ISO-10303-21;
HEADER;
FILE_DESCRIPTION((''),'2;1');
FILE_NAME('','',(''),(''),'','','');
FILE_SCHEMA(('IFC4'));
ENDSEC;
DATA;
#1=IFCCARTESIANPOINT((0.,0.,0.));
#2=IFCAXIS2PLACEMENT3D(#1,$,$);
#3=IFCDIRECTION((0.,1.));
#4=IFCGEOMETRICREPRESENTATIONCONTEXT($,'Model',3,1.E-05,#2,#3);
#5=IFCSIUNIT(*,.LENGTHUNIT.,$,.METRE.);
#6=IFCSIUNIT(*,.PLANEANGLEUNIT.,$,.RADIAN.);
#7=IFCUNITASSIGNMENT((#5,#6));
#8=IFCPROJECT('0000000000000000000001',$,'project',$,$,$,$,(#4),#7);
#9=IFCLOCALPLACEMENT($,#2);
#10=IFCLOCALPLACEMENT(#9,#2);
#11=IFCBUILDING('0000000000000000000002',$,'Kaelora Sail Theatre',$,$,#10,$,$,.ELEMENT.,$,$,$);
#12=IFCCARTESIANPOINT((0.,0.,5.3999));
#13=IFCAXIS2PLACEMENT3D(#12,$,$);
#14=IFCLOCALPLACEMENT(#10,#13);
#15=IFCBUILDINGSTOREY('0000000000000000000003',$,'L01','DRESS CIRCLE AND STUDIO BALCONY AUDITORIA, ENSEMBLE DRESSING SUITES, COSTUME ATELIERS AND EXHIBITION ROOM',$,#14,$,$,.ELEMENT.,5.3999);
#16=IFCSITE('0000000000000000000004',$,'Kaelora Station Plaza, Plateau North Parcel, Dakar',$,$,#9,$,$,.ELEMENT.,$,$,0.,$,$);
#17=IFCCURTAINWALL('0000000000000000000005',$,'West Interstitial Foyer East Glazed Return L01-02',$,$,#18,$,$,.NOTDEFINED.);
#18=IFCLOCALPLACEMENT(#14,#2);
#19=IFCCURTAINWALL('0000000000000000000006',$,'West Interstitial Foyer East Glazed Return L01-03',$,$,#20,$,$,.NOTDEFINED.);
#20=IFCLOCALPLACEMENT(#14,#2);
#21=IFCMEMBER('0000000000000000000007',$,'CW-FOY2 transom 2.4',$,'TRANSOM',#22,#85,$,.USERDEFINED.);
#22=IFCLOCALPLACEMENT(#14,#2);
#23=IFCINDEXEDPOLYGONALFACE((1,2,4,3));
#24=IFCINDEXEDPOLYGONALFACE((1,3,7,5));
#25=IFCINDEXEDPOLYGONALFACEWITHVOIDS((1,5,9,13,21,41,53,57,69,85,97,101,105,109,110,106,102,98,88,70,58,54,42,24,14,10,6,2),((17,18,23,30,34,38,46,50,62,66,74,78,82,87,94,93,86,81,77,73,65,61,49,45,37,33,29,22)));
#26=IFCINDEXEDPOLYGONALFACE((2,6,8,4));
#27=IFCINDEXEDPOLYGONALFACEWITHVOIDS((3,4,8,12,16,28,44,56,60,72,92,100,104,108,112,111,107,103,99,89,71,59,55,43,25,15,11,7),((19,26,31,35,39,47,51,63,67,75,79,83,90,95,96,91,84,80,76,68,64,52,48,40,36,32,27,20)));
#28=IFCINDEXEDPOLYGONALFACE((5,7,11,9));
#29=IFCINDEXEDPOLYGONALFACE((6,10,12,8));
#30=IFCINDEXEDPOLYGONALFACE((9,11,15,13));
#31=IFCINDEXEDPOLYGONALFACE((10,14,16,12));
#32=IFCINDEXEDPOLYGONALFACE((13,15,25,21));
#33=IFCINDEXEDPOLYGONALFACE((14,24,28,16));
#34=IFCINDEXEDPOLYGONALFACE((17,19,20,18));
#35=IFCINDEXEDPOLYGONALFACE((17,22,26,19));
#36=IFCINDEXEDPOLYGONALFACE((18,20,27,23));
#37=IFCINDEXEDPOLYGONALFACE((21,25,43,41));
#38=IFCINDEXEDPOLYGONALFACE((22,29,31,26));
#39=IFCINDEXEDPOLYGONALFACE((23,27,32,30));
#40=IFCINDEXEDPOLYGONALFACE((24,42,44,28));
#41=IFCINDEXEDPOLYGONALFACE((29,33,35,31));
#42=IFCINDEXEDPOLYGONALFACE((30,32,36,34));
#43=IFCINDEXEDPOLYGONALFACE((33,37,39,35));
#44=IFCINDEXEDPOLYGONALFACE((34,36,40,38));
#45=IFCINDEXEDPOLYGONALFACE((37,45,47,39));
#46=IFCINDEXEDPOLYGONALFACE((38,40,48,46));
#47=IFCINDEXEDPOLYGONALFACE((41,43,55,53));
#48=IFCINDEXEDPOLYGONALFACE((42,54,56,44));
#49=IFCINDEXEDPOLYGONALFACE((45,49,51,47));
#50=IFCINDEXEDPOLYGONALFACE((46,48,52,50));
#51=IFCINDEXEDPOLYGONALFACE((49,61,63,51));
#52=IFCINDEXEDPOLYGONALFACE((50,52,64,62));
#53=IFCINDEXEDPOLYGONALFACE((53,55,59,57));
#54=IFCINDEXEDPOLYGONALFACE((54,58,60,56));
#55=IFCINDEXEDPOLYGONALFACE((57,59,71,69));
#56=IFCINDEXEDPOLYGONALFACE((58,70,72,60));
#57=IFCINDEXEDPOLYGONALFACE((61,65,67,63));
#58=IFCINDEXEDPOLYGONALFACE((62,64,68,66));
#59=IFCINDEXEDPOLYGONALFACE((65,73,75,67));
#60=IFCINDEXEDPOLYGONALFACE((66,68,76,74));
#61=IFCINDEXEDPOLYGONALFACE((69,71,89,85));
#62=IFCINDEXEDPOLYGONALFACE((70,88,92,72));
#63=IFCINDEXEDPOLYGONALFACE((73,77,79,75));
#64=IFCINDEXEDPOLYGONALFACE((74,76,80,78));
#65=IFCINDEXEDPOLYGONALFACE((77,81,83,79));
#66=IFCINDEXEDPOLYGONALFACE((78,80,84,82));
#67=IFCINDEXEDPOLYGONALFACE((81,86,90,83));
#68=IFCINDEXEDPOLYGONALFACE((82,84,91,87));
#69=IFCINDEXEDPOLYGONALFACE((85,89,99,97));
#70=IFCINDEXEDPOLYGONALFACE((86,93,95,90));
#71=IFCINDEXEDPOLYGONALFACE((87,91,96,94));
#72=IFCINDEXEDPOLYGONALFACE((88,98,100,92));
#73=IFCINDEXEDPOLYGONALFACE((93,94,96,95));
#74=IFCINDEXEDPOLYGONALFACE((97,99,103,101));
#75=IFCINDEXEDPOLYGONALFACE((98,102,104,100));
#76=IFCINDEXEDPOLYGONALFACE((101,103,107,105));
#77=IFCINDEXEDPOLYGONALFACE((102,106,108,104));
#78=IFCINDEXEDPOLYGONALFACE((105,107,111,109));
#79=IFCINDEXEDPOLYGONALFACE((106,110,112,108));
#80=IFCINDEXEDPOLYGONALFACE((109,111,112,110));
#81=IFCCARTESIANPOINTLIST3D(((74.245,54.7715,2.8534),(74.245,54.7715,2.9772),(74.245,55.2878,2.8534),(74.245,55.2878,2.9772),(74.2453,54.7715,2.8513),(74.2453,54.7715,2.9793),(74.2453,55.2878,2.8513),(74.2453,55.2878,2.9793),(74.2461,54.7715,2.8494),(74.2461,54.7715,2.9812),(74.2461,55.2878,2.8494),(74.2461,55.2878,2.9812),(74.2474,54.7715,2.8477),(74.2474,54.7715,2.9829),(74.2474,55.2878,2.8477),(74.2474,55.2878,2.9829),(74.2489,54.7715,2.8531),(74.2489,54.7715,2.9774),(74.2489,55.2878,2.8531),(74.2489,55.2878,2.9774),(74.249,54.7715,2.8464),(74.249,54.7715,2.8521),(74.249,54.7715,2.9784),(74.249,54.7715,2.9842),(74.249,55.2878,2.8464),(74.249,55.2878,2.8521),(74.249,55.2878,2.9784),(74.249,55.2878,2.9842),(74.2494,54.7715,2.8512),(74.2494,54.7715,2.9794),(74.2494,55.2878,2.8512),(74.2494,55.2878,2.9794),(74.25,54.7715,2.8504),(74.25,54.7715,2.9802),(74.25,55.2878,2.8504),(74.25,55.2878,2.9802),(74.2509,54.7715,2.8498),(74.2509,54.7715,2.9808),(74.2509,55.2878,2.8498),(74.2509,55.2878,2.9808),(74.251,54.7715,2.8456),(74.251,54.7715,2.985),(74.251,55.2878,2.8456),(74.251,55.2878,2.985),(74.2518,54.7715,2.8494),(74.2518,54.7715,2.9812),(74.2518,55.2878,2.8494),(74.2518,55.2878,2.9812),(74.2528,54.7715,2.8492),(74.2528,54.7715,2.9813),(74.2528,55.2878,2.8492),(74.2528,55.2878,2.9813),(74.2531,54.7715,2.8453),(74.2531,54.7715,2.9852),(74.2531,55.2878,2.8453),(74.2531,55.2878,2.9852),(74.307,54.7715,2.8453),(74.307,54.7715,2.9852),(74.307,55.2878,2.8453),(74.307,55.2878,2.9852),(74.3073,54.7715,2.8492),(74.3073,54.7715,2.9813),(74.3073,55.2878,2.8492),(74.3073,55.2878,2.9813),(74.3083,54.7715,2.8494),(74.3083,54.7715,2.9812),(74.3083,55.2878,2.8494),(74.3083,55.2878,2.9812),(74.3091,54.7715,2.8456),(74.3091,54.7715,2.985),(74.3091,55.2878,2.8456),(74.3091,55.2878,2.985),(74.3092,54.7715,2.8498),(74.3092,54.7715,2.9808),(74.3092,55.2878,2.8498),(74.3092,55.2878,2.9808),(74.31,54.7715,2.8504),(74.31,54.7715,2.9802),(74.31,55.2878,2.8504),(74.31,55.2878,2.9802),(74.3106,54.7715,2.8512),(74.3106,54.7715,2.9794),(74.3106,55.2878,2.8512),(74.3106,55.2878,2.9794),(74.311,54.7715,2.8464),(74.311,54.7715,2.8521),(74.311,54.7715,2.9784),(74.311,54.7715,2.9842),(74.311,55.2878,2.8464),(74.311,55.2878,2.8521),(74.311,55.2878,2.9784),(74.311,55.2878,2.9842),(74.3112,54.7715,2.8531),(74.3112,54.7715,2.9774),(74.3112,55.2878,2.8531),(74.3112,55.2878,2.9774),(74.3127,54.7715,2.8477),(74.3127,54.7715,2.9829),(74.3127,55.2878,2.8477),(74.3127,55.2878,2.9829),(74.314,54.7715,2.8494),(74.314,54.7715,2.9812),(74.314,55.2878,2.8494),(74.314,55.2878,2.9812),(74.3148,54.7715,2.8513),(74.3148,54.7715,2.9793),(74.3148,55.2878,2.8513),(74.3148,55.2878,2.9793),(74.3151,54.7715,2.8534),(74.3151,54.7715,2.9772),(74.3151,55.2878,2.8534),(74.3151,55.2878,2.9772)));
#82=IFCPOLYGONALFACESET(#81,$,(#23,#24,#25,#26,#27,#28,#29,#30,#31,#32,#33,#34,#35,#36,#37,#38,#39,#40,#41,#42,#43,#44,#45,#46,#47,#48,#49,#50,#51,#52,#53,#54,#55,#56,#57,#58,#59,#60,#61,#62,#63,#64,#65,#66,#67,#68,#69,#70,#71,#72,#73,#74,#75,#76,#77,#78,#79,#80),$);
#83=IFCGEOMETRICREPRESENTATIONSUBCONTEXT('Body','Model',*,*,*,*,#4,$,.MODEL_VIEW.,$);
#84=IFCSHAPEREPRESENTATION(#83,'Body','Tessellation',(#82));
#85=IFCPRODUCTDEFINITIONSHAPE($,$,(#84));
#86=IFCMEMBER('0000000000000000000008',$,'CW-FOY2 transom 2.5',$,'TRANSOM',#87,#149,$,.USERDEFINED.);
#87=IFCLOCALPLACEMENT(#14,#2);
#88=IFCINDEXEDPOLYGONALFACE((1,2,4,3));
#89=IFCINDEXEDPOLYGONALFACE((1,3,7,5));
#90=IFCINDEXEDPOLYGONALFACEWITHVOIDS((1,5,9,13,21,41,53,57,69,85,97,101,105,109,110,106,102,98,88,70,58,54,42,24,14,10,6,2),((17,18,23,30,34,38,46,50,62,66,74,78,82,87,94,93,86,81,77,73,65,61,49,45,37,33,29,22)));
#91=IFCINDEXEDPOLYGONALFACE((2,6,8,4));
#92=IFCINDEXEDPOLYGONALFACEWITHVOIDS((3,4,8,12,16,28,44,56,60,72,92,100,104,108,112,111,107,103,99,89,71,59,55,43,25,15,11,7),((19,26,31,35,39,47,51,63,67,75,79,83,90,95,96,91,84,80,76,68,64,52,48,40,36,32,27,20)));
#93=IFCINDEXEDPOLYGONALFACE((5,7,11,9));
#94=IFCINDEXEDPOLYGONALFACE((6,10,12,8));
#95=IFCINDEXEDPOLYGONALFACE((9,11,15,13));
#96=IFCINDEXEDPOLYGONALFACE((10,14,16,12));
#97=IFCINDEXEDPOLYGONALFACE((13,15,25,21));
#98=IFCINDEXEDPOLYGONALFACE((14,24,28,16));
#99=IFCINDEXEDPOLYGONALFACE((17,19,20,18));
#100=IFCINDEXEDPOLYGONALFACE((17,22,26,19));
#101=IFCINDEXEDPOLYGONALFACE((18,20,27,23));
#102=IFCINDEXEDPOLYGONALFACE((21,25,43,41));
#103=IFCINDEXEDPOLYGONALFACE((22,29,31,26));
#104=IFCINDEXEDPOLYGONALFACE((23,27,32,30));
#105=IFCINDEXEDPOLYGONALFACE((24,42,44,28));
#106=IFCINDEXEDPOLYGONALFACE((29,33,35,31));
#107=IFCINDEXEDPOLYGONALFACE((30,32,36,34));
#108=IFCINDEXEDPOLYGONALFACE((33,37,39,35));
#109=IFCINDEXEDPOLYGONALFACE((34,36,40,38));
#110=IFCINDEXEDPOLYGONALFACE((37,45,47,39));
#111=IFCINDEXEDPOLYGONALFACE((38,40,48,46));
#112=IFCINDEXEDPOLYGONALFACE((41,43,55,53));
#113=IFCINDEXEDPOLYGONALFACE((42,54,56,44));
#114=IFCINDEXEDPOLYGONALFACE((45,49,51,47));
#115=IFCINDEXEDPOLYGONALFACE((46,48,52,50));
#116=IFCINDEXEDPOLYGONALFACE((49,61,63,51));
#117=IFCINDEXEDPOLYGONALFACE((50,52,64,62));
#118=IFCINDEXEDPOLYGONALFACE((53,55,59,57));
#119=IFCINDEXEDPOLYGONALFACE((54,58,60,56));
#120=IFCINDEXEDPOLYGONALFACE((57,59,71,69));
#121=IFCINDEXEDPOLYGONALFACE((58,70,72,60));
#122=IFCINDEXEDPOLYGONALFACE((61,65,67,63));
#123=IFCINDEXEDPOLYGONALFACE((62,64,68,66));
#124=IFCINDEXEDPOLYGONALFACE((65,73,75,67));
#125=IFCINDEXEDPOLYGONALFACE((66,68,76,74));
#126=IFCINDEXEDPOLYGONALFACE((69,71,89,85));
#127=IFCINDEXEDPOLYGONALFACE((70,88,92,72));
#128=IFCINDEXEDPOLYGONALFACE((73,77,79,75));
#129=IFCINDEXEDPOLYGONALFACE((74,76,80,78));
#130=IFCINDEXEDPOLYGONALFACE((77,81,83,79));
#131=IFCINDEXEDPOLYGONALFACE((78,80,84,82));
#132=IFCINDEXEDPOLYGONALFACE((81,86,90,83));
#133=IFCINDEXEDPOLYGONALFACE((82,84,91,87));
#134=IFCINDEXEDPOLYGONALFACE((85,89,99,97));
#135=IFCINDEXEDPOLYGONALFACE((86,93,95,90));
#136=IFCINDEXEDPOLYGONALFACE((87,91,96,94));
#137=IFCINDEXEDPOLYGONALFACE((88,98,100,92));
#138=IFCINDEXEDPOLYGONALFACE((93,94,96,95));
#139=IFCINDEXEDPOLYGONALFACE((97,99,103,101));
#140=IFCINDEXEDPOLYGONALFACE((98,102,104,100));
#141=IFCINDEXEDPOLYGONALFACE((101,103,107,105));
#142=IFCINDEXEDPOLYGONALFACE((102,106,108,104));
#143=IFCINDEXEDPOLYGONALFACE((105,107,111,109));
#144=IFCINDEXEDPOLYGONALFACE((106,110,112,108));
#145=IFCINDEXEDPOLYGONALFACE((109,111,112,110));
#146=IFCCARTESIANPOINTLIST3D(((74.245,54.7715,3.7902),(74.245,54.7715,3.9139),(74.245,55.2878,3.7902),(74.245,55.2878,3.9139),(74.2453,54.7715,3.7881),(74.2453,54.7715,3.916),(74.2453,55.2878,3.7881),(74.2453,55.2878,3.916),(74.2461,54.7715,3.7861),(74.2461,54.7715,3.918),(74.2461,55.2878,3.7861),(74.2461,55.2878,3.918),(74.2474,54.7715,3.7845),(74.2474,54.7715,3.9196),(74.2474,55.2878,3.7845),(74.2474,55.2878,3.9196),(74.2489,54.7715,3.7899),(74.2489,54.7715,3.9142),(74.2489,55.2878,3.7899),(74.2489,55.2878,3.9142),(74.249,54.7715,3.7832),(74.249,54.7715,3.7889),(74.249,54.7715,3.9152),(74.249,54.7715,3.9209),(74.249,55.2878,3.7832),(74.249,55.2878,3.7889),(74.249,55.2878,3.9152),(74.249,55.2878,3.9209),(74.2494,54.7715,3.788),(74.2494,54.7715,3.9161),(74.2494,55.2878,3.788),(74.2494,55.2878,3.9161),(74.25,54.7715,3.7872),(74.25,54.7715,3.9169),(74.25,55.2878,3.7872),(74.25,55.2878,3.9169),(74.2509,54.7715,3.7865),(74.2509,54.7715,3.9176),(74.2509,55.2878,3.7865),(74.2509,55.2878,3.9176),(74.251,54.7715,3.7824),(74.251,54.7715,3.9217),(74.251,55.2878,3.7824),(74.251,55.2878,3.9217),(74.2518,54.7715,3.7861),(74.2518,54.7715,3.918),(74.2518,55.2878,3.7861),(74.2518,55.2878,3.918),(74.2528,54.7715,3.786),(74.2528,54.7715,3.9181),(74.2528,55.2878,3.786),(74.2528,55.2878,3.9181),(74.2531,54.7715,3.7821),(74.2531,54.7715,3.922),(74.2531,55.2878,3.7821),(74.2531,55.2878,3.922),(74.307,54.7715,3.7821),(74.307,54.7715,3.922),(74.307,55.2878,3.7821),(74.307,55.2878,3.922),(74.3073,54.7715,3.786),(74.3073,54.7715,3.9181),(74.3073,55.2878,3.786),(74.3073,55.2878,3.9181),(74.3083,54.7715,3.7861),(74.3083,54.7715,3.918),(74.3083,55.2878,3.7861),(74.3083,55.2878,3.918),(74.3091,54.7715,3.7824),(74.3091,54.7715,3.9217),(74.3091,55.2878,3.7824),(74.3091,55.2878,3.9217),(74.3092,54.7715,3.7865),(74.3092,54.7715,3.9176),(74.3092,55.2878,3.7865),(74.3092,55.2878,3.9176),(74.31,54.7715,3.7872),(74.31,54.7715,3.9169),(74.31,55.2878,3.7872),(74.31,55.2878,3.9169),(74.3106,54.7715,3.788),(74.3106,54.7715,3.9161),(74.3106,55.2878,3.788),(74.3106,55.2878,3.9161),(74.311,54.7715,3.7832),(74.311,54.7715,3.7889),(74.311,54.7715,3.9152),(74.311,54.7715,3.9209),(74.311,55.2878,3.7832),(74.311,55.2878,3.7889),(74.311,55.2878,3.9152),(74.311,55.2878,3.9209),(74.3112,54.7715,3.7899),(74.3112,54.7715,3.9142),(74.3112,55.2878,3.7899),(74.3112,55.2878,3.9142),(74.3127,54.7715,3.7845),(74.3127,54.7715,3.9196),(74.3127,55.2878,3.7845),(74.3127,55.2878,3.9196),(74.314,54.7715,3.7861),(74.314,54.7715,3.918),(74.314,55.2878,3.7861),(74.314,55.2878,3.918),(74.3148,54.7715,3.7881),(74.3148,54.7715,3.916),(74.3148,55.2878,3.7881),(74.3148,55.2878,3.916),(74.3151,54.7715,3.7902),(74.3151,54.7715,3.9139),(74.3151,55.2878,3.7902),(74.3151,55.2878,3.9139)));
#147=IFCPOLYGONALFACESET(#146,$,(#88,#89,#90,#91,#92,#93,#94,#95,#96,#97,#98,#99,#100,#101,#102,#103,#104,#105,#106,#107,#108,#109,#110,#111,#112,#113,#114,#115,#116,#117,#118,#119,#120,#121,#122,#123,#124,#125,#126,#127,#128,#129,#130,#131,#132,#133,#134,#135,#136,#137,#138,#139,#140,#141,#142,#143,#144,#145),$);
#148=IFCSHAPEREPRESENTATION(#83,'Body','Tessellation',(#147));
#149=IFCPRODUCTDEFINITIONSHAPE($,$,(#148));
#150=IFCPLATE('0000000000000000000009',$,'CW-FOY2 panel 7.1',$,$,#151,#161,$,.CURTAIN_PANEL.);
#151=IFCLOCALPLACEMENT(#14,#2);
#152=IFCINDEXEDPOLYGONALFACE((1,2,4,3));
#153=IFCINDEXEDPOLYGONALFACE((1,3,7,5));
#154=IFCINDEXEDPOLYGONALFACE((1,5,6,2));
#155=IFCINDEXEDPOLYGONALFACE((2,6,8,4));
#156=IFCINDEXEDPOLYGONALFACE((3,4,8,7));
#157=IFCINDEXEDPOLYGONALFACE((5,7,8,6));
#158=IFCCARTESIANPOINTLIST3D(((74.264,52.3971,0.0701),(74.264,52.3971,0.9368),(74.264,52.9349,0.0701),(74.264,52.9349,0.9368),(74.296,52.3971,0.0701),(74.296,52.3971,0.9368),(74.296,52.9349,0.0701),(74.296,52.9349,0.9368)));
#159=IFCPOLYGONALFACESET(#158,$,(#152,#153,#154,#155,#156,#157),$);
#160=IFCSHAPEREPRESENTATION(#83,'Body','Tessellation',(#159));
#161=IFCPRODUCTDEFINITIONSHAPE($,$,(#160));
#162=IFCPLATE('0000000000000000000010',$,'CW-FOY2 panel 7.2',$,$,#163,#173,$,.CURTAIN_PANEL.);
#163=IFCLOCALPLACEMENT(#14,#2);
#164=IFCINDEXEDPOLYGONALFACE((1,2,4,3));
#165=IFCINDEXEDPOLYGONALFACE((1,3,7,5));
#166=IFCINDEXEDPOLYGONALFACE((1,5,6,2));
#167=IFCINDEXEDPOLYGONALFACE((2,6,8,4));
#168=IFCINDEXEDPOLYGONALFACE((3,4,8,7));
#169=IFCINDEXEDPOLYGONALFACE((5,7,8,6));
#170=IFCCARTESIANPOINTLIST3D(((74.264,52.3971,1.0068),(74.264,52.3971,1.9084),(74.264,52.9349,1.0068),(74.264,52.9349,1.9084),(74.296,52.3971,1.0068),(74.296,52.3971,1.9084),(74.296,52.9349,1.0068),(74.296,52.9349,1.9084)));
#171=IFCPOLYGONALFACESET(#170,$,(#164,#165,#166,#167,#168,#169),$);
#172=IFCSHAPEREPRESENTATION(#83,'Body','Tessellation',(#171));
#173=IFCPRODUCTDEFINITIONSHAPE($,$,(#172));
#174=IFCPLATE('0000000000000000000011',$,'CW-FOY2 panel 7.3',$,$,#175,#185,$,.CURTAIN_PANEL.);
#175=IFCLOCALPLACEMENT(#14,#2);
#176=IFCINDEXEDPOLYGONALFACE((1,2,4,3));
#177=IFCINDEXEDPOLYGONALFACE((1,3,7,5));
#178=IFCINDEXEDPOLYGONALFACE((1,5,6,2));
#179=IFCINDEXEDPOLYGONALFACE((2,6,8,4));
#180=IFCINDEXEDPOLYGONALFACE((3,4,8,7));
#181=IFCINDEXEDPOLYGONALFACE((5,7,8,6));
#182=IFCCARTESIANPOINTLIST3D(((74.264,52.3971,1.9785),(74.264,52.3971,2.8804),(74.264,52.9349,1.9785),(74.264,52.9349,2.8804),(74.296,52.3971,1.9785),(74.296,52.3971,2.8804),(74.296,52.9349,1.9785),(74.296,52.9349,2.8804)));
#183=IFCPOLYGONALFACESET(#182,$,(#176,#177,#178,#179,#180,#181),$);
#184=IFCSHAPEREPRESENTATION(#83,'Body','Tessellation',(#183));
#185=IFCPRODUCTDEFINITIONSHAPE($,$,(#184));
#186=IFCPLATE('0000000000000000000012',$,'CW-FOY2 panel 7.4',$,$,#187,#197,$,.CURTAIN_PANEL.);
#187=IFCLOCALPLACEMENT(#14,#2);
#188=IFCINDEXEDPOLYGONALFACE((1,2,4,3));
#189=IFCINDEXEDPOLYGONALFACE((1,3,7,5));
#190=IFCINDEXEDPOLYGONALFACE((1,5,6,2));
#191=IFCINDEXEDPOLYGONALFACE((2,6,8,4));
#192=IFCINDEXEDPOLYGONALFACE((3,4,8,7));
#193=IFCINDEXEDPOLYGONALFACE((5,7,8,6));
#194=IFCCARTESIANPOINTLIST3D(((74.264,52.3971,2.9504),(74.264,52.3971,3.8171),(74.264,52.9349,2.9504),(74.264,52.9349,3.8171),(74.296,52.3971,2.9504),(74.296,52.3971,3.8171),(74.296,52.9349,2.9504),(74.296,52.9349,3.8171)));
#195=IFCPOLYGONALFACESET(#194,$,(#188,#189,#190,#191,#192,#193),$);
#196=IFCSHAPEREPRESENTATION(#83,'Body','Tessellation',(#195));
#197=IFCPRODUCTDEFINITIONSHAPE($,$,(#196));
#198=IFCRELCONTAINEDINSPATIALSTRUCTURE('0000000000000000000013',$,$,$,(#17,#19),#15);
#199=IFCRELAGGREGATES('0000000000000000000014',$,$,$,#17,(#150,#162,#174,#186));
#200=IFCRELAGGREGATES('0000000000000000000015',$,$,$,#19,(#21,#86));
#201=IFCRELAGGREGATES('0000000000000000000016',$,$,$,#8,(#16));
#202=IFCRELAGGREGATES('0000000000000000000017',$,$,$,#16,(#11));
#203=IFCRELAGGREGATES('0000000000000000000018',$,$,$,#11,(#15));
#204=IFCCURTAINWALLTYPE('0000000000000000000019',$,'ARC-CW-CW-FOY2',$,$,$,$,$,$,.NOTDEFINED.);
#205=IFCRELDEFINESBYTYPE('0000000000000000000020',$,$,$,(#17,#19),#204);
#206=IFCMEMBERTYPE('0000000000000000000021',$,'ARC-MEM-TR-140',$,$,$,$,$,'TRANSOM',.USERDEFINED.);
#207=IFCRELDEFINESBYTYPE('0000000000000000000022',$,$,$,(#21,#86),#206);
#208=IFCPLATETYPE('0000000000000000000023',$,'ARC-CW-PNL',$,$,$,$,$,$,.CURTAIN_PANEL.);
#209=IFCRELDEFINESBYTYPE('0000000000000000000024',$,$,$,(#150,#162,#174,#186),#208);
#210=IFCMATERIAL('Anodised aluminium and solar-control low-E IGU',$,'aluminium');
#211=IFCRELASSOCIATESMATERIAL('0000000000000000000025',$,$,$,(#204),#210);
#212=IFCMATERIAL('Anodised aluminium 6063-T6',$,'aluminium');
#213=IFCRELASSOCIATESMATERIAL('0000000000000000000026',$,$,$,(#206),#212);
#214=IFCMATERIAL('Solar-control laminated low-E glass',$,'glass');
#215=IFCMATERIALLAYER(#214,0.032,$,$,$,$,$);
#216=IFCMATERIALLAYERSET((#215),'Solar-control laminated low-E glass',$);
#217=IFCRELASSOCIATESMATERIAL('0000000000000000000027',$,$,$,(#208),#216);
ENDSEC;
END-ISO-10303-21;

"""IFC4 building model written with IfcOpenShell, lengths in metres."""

from ifc_helpers import new_model, si_unit, direction, frame, origin, origin_2d, place, context, subcontext, project, spatial, rectangle, hollow_rectangle, extrude, material, layer, layer_set, material_profile, profile_set, type_object, element, aggregate, save


model = new_model("IFC4")

# Units and contexts
model_context = context("Model", 3, precision=1e-05, world=origin(), true_north=direction((0.0, 1.0)))
body_context = subcontext(model_context, "Body", "Model", "MODEL_VIEW")
ifc_project = project(units=[si_unit("LENGTHUNIT", "METRE"), si_unit("PLANEANGLEUNIT", "RADIAN")], contexts=[model_context])

# Site, building, storey
site_placement = place(None, origin())
site = spatial("IfcSite", under=ifc_project, at=site_placement, Name="Kaelora Station Plaza, Plateau North Parcel, Dakar", CompositionType="ELEMENT", RefElevation=0.0)
building_placement = place(site_placement, origin())
building = spatial("IfcBuilding", under=site, at=building_placement, Name="Kaelora Sail Theatre", CompositionType="ELEMENT")
storey_placement = place(building_placement, frame((0.0, 0.0, 5.3999)))
storey = spatial("IfcBuildingStorey", under=building, at=storey_placement, Name="L01", Description="DRESS CIRCLE AND STUDIO BALCONY AUDITORIA, ENSEMBLE DRESSING SUITES, COSTUME ATELIERS AND EXHIBITION ROOM", CompositionType="ELEMENT", Elevation=5.3999)

# Curtain wall
ifc_material_1 = material(Name="Anodised aluminium and solar-control low-E IGU", Category="aluminium")
curtain_wall_type = type_object("IfcCurtainWallType", Name="ARC-CW-CW-FOY2", PredefinedType="NOTDEFINED", material=ifc_material_1)
curtain_wall_1_placement = place(storey_placement, origin())
curtain_wall_1 = element("IfcCurtainWall", 1, at=curtain_wall_1_placement, inside=storey, type_object=curtain_wall_type, Name="West Interstitial Foyer East Glazed Return L01-02", PredefinedType="NOTDEFINED")

# Curtain wall
curtain_wall_2_placement = place(storey_placement, origin())
curtain_wall_2 = element("IfcCurtainWall", 2, at=curtain_wall_2_placement, inside=storey, type_object=curtain_wall_type, Name="West Interstitial Foyer East Glazed Return L01-03", PredefinedType="NOTDEFINED")

# Members
ifc_material_2 = material(Name="Anodised aluminium 6063-T6", Category="aluminium")
ifc_material_profile_1 = material_profile(ifc_material_2, hollow_rectangle(XDim=0.0701, YDim=0.1399, WallThickness=0.0039, InnerFilletRadius=0.0039, OuterFilletRadius=0.0081, at=origin_2d()), Name="ALU-TRAN 70x140x4")
ifc_profile_set_1 = profile_set([ifc_material_profile_1], Name="Anodised aluminium 6063-T6")
member_type_1 = type_object("IfcMemberType", Name="ARC-MEM-TR-140", ElementType="TRANSOM", PredefinedType="USERDEFINED", material=ifc_profile_set_1)
member_1_placement = place(storey_placement, frame((74.28, 54.7715, 2.9153), z_axis=(0.0, 1.0, 0.0), x_axis=(-1.0, 0.0, 0.0)))
member_1 = element("IfcMember", 3, at=member_1_placement, type_object=member_type_1, Name="CW-FOY2 transom 2.4", ObjectType="TRANSOM", PredefinedType="USERDEFINED", context=body_context, shape_type="SweptSolid", body=[
    extrude(hollow_rectangle(XDim=0.0701, YDim=0.1399, WallThickness=0.0039, InnerFilletRadius=0.0039, OuterFilletRadius=0.0081, at=origin_2d()), origin(), (0.0, 0.0, 1.0), 0.5164),
])
member_2_placement = place(storey_placement, frame((74.28, 54.7715, 3.8521), z_axis=(0.0, 1.0, 0.0), x_axis=(-1.0, 0.0, 0.0)))
member_2 = element("IfcMember", 4, at=member_2_placement, type_object=member_type_1, Name="CW-FOY2 transom 2.5", ObjectType="TRANSOM", PredefinedType="USERDEFINED", context=body_context, shape_type="SweptSolid", body=[
    extrude(hollow_rectangle(XDim=0.0701, YDim=0.1399, WallThickness=0.0039, InnerFilletRadius=0.0039, OuterFilletRadius=0.0081, at=origin_2d()), origin(), (0.0, 0.0, 1.0), 0.5164),
])

# Plates
ifc_material_3 = material(Name="Solar-control laminated low-E glass", Category="glass")
ifc_layer = layer(ifc_material_3, 0.032)
ifc_layer_set = layer_set([ifc_layer], Name="Solar-control laminated low-E glass")
plate_type = type_object("IfcPlateType", Name="ARC-CW-PNL", PredefinedType="CURTAIN_PANEL", material=ifc_layer_set)
plate_1_placement = place(storey_placement, frame((74.28, 52.666, 0.0701), z_axis=(0.0, 0.0, 1.0), x_axis=(0.0, 1.0, 0.0)))
plate_1 = element("IfcPlate", 5, at=plate_1_placement, type_object=plate_type, Name="CW-FOY2 panel 7.1", PredefinedType="CURTAIN_PANEL", context=body_context, shape_type="SweptSolid", body=[
    extrude(rectangle(XDim=0.5378, YDim=0.032, at=origin_2d()), origin(), (0.0, 0.0, 1.0), 0.8667),
])
plate_2_placement = place(storey_placement, frame((74.28, 52.666, 1.0068), z_axis=(0.0, 0.0, 1.0), x_axis=(0.0, 1.0, 0.0)))
plate_2 = element("IfcPlate", 6, at=plate_2_placement, type_object=plate_type, Name="CW-FOY2 panel 7.2", PredefinedType="CURTAIN_PANEL", context=body_context, shape_type="SweptSolid", body=[
    extrude(rectangle(XDim=0.5378, YDim=0.032, at=origin_2d()), origin(), (0.0, 0.0, 1.0), 0.9016),
])
plate_3_placement = place(storey_placement, frame((74.28, 52.666, 1.9785), z_axis=(0.0, 0.0, 1.0), x_axis=(0.0, 1.0, 0.0)))
plate_3 = element("IfcPlate", 7, at=plate_3_placement, type_object=plate_type, Name="CW-FOY2 panel 7.3", PredefinedType="CURTAIN_PANEL", context=body_context, shape_type="SweptSolid", body=[
    extrude(rectangle(XDim=0.5378, YDim=0.032, at=origin_2d()), origin(), (0.0, 0.0, 1.0), 0.9019),
])
plate_4_placement = place(storey_placement, frame((74.28, 52.666, 2.9504), z_axis=(0.0, 0.0, 1.0), x_axis=(0.0, 1.0, 0.0)))
plate_4 = element("IfcPlate", 8, at=plate_4_placement, type_object=plate_type, Name="CW-FOY2 panel 7.4", PredefinedType="CURTAIN_PANEL", context=body_context, shape_type="SweptSolid", body=[
    extrude(rectangle(XDim=0.5378, YDim=0.032, at=origin_2d()), origin(), (0.0, 0.0, 1.0), 0.8667),
])
aggregate(curtain_wall_1, [plate_1, plate_2, plate_3, plate_4])
aggregate(curtain_wall_2, [member_1, member_2])

save(model, "model.ifc")
